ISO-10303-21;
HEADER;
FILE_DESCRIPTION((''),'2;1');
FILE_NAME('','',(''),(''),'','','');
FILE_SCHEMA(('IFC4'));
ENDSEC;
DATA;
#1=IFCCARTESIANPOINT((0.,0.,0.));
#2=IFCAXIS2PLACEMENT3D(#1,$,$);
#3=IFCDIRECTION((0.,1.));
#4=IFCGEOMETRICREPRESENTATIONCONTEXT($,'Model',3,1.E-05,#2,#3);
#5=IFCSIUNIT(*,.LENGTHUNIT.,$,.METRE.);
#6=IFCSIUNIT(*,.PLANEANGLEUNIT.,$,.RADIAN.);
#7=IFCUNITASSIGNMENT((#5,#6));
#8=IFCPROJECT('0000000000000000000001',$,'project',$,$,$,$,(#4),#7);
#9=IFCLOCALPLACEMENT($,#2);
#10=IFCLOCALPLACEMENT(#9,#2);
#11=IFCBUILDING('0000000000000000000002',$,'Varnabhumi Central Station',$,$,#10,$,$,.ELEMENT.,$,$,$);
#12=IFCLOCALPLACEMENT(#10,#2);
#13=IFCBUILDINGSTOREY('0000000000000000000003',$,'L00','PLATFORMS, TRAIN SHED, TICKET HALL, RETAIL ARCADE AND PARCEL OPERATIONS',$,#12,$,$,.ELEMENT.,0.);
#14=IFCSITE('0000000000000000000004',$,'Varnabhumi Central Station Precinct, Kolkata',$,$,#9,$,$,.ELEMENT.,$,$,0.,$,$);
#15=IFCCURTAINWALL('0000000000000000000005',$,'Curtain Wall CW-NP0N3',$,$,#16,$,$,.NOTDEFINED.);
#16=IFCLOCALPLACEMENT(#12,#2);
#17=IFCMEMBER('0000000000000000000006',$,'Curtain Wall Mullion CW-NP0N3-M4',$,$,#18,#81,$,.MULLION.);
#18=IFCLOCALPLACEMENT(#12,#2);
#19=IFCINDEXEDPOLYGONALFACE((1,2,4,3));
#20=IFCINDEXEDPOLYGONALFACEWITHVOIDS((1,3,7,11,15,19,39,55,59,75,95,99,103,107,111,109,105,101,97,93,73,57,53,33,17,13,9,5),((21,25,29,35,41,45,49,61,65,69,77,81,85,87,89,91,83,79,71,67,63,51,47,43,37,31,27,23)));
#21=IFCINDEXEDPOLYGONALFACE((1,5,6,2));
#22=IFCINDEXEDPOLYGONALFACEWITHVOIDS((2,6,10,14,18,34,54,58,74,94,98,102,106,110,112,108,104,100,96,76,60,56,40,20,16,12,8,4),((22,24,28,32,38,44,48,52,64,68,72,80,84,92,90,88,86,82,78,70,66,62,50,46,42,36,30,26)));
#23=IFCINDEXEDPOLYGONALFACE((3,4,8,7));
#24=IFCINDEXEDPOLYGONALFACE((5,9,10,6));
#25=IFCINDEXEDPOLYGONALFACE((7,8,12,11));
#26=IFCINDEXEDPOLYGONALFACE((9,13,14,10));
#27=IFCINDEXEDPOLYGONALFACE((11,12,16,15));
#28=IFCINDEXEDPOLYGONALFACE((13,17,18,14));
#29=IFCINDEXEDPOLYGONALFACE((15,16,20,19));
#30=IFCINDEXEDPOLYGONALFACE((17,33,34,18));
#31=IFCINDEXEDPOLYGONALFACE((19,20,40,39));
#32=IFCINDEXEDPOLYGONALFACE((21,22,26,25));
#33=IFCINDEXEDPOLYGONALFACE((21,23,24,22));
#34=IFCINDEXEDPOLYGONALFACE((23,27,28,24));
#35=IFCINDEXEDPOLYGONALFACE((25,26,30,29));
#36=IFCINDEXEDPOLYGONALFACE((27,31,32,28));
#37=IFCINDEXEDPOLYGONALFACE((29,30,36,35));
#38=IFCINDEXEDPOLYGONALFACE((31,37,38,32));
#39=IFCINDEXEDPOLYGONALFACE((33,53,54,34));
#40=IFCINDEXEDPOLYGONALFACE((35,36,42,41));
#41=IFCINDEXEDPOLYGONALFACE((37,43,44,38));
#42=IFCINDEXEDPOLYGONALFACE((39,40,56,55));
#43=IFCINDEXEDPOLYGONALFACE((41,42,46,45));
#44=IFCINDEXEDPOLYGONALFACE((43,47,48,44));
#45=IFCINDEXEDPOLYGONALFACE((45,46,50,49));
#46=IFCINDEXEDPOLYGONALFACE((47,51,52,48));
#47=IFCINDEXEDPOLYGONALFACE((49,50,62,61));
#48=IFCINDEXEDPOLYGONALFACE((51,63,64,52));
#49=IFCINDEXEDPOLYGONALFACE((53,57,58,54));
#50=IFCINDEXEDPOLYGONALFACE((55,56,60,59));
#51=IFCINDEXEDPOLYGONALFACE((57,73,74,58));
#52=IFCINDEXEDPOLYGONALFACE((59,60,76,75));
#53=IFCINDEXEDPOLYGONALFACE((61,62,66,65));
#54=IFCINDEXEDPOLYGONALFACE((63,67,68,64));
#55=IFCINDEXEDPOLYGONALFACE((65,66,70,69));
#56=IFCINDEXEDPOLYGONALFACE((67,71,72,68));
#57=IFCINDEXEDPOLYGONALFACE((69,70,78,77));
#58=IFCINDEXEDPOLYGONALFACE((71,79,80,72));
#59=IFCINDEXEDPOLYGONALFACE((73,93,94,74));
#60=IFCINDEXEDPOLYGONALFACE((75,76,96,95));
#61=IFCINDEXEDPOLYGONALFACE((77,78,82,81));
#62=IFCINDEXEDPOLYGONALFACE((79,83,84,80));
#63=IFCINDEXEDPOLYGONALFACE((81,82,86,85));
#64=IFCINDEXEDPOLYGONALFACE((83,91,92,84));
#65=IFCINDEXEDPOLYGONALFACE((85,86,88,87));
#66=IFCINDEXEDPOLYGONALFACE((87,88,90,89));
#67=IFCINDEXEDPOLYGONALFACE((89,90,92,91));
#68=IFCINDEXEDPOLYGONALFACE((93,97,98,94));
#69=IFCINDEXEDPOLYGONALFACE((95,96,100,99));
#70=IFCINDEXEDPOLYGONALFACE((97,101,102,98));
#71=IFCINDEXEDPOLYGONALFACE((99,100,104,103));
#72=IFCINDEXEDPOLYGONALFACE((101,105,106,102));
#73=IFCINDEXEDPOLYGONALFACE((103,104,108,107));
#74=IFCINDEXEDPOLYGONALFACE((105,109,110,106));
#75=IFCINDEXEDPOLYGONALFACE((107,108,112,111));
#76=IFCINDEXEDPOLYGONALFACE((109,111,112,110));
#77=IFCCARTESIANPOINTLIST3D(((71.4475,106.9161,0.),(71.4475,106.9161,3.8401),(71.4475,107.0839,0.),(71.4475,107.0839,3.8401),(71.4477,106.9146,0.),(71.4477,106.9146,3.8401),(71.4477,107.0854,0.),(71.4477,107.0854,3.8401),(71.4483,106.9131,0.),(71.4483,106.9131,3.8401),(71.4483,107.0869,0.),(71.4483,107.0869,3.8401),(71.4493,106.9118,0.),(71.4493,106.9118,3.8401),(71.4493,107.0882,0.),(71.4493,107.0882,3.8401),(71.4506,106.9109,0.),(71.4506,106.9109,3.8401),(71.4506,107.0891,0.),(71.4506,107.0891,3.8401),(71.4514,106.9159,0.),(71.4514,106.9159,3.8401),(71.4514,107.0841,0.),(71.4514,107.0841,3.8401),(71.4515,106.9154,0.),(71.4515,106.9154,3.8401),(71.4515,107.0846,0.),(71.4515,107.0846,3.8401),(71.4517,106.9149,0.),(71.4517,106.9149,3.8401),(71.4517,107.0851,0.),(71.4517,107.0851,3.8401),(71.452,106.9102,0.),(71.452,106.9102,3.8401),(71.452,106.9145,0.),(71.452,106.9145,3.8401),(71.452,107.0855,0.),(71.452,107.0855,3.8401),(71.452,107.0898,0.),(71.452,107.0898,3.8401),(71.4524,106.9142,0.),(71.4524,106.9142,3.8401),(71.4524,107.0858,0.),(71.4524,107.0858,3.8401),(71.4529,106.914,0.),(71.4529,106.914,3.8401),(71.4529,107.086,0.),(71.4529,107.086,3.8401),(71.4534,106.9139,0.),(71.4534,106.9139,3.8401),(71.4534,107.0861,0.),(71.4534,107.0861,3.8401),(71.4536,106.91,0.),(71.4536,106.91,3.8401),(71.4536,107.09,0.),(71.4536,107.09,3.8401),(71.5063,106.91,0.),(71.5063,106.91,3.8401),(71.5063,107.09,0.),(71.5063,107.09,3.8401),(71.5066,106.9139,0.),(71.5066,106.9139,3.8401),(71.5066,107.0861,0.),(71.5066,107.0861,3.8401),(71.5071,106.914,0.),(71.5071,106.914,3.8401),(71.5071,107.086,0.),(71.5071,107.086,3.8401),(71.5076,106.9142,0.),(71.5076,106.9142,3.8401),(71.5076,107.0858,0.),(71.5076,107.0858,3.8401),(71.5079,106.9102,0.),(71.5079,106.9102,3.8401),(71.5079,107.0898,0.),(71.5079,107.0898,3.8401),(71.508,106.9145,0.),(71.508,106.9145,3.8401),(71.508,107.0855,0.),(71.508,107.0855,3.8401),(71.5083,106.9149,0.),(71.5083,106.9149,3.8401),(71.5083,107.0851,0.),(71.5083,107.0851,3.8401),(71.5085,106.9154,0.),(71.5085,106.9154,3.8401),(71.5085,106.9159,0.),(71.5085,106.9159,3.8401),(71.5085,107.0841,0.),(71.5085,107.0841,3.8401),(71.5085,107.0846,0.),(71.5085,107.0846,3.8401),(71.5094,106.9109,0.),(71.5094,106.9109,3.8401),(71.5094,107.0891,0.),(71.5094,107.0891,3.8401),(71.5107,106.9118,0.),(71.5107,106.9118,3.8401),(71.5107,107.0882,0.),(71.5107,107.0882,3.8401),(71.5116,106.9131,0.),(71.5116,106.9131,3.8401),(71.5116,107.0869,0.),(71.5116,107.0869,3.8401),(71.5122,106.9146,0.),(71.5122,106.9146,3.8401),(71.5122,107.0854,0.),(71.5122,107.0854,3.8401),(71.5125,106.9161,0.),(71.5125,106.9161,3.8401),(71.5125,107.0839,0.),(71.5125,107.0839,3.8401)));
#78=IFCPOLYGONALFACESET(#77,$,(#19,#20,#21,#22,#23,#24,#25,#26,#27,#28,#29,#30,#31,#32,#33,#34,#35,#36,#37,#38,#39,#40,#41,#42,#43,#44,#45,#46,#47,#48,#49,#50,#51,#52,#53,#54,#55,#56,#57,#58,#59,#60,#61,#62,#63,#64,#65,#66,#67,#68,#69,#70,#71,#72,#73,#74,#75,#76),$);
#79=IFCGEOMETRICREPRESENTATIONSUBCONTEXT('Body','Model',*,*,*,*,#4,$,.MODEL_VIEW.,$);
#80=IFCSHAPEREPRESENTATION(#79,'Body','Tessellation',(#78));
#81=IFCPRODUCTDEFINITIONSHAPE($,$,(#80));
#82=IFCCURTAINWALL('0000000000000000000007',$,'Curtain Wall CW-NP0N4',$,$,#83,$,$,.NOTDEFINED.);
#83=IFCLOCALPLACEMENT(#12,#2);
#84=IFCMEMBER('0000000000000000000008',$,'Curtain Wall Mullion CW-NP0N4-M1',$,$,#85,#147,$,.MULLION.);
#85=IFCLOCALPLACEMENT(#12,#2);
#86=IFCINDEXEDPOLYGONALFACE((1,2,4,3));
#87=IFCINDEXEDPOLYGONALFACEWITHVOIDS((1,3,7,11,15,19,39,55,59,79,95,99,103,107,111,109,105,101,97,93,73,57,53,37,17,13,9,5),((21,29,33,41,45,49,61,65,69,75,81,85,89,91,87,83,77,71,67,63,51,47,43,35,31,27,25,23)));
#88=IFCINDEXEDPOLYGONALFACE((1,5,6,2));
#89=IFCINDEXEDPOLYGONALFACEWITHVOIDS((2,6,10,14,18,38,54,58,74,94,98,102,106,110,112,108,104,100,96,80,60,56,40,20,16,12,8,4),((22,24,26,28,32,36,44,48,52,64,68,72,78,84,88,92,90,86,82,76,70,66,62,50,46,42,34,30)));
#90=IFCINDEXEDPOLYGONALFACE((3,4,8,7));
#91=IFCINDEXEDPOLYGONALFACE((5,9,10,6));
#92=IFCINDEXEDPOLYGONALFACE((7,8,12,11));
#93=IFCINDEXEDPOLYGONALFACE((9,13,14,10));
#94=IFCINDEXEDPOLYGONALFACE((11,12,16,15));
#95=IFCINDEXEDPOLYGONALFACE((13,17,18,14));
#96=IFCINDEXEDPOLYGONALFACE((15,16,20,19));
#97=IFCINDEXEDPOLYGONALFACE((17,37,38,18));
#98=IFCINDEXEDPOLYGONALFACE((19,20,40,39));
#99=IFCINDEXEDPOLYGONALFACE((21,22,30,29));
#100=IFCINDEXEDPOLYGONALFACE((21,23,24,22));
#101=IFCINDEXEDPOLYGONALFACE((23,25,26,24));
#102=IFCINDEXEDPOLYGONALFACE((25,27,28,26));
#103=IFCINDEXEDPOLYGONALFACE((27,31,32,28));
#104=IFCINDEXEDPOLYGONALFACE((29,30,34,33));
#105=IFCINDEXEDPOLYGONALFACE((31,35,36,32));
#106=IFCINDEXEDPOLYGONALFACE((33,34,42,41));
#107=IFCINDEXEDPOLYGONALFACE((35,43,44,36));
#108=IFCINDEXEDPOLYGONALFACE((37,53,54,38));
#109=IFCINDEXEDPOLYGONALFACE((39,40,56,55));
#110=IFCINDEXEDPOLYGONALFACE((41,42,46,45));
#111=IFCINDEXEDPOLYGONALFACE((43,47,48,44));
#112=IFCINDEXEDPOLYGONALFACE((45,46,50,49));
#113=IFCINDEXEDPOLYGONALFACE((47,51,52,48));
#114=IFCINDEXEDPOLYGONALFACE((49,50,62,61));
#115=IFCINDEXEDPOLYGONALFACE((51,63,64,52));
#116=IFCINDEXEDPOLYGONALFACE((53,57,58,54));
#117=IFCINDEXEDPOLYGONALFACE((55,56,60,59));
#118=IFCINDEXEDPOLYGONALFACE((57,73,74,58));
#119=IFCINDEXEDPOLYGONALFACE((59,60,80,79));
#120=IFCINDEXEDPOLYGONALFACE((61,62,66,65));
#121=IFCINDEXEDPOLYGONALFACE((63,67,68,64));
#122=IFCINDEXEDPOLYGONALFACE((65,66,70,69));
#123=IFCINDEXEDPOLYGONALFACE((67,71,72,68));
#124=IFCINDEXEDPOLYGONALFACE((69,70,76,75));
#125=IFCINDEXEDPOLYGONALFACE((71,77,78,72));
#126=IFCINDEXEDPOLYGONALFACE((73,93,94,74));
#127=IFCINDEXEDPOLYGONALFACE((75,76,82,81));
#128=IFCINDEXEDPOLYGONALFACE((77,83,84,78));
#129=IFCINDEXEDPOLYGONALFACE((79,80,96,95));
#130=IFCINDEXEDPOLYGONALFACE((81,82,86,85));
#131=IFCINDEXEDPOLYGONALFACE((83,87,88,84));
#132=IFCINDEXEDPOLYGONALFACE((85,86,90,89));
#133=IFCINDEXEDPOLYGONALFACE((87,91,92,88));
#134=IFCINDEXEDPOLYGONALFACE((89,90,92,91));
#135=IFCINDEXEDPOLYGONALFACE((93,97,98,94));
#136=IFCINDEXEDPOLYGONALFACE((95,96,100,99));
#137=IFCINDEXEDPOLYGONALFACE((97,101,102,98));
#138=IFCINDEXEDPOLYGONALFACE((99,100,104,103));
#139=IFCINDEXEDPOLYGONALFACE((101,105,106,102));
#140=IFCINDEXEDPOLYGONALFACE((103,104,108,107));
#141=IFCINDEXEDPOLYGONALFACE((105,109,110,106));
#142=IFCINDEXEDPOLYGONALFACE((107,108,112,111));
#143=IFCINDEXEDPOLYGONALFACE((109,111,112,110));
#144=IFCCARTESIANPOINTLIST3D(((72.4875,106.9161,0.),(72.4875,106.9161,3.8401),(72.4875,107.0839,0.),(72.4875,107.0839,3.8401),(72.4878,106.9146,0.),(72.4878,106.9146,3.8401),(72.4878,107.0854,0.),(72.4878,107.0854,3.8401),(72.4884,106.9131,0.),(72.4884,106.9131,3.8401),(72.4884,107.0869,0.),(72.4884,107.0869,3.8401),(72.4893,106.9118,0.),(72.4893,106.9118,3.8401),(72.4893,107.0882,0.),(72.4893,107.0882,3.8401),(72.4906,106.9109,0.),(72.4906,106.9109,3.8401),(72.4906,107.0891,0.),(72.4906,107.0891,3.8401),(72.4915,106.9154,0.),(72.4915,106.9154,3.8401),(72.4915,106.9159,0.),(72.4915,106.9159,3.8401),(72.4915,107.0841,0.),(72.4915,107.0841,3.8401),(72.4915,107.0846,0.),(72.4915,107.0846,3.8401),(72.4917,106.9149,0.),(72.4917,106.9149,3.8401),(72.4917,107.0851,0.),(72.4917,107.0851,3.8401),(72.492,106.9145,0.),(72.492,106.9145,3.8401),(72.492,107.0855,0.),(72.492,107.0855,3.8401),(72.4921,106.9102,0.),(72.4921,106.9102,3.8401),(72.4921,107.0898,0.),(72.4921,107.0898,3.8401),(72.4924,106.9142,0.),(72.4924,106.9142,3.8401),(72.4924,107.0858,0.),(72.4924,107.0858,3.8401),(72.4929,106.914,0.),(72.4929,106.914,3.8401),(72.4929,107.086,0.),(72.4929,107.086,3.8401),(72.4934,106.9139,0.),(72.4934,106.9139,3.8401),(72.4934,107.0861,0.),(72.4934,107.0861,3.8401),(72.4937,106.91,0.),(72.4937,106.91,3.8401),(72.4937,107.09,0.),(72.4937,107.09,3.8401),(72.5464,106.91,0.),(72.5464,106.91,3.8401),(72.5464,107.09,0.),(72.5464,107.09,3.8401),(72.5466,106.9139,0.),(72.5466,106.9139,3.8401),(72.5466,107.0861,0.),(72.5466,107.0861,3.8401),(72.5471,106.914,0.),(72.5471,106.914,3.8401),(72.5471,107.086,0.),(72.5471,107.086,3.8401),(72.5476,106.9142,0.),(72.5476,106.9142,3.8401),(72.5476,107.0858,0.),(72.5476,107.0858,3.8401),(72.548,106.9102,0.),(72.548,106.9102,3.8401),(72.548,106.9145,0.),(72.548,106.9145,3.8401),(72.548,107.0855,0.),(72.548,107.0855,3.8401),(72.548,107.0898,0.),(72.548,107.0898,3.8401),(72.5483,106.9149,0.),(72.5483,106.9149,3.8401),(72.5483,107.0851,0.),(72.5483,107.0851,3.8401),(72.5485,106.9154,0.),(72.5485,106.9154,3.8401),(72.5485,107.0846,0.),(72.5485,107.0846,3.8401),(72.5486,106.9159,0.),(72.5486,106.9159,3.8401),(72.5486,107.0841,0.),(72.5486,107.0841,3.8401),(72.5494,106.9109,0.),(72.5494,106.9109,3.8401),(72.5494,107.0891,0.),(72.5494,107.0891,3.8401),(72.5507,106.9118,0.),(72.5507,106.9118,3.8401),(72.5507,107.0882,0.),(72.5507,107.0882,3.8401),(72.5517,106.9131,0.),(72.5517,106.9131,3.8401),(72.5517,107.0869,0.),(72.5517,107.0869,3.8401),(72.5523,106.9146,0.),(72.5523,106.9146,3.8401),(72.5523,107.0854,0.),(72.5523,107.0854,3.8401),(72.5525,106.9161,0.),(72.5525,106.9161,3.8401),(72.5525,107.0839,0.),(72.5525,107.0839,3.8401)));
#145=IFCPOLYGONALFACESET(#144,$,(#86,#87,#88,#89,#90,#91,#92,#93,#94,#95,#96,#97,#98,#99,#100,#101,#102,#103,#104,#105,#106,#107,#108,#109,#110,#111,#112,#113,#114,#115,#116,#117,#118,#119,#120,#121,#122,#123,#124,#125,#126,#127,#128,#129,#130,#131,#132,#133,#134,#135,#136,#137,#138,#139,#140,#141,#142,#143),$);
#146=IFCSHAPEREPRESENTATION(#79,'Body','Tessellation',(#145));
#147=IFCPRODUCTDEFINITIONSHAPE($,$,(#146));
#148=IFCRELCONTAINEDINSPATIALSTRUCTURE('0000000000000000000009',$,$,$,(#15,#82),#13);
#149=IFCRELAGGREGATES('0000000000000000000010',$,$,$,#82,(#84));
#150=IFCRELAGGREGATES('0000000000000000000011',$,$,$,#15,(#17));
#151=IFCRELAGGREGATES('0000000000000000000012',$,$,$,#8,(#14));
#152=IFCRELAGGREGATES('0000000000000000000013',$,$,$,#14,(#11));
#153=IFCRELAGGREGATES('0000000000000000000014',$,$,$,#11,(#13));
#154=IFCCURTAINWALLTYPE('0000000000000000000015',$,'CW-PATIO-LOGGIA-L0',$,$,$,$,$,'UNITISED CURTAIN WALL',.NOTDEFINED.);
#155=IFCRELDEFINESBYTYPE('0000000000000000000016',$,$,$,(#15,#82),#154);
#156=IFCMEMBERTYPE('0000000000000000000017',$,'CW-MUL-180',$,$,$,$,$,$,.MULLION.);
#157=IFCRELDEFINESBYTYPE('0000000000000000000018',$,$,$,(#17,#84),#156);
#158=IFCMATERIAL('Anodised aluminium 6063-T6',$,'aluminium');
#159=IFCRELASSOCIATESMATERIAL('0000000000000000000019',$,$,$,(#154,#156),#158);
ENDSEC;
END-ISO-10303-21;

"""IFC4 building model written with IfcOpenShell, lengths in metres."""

from ifc_helpers import new_model, si_unit, direction, frame, origin, origin_2d, place, context, subcontext, project, spatial, hollow_rectangle, extrude, material, material_profile, profile_set, type_object, element, aggregate, save


model = new_model("IFC4")

# Units and contexts
model_context = context("Model", 3, precision=1e-05, world=origin(), true_north=direction((0.0, 1.0)))
body_context = subcontext(model_context, "Body", "Model", "MODEL_VIEW")
ifc_project = project(units=[si_unit("LENGTHUNIT", "METRE"), si_unit("PLANEANGLEUNIT", "RADIAN")], contexts=[model_context])

# Site, building, storey
site_placement = place(None, origin())
site = spatial("IfcSite", under=ifc_project, at=site_placement, Name="Varnabhumi Central Station Precinct, Kolkata", CompositionType="ELEMENT", RefElevation=0.0)
building_placement = place(site_placement, origin())
building = spatial("IfcBuilding", under=site, at=building_placement, Name="Varnabhumi Central Station", CompositionType="ELEMENT")
storey_placement = place(building_placement, origin())
storey = spatial("IfcBuildingStorey", under=building, at=storey_placement, Name="L00", Description="PLATFORMS, TRAIN SHED, TICKET HALL, RETAIL ARCADE AND PARCEL OPERATIONS", CompositionType="ELEMENT", Elevation=0.0)

# Shared definitions
ifc_material_1 = material(Name="Anodised aluminium 6063-T6", Category="aluminium")
curtain_wall_type = type_object("IfcCurtainWallType", Name="CW-PATIO-LOGGIA-L0", ElementType="UNITISED CURTAIN WALL", PredefinedType="NOTDEFINED", material=ifc_material_1)
ifc_material_profile_1 = material_profile(ifc_material_1, hollow_rectangle(XDim=0.0649, YDim=0.1799, WallThickness=0.0039, InnerFilletRadius=0.002, OuterFilletRadius=0.0061, at=origin_2d()), Name="Anodised aluminium 6063-T6", Category="aluminium")
ifc_profile_set_1 = profile_set([ifc_material_profile_1], Name="Anodised aluminium 6063-T6")
member_type_1 = type_object("IfcMemberType", Name="CW-MUL-180", PredefinedType="MULLION", material=ifc_profile_set_1)

# Curtain walls, members
curtain_wall_1_placement = place(storey_placement, origin())
curtain_wall_1 = element("IfcCurtainWall", 1, at=curtain_wall_1_placement, inside=storey, type_object=curtain_wall_type, Name="Curtain Wall CW-NP0N3", PredefinedType="NOTDEFINED")
member_1_placement = place(storey_placement, frame((71.48, 107.0, 0.0), z_axis=(0.0, 0.0, 1.0), x_axis=(1.0, 0.0, 0.0)))
member_1 = element("IfcMember", 2, at=member_1_placement, type_object=member_type_1, Name="Curtain Wall Mullion CW-NP0N3-M4", PredefinedType="MULLION", context=body_context, shape_type="SweptSolid", body=[
    extrude(hollow_rectangle(XDim=0.0649, YDim=0.1799, WallThickness=0.0039, InnerFilletRadius=0.002, OuterFilletRadius=0.0061, at=origin_2d()), origin(), (0.0, 0.0, 1.0), 3.8401),
])
curtain_wall_2_placement = place(storey_placement, origin())
curtain_wall_2 = element("IfcCurtainWall", 3, at=curtain_wall_2_placement, inside=storey, type_object=curtain_wall_type, Name="Curtain Wall CW-NP0N4", PredefinedType="NOTDEFINED")
member_2_placement = place(storey_placement, frame((72.52, 107.0, 0.0), z_axis=(0.0, 0.0, 1.0), x_axis=(1.0, 0.0, 0.0)))
member_2 = element("IfcMember", 4, at=member_2_placement, type_object=member_type_1, Name="Curtain Wall Mullion CW-NP0N4-M1", PredefinedType="MULLION", context=body_context, shape_type="SweptSolid", body=[
    extrude(hollow_rectangle(XDim=0.0649, YDim=0.1799, WallThickness=0.0039, InnerFilletRadius=0.002, OuterFilletRadius=0.0061, at=origin_2d()), origin(), (0.0, 0.0, 1.0), 3.8401),
])

aggregate(curtain_wall_2, [member_2])

aggregate(curtain_wall_1, [member_1])

save(model, "model.ifc")
